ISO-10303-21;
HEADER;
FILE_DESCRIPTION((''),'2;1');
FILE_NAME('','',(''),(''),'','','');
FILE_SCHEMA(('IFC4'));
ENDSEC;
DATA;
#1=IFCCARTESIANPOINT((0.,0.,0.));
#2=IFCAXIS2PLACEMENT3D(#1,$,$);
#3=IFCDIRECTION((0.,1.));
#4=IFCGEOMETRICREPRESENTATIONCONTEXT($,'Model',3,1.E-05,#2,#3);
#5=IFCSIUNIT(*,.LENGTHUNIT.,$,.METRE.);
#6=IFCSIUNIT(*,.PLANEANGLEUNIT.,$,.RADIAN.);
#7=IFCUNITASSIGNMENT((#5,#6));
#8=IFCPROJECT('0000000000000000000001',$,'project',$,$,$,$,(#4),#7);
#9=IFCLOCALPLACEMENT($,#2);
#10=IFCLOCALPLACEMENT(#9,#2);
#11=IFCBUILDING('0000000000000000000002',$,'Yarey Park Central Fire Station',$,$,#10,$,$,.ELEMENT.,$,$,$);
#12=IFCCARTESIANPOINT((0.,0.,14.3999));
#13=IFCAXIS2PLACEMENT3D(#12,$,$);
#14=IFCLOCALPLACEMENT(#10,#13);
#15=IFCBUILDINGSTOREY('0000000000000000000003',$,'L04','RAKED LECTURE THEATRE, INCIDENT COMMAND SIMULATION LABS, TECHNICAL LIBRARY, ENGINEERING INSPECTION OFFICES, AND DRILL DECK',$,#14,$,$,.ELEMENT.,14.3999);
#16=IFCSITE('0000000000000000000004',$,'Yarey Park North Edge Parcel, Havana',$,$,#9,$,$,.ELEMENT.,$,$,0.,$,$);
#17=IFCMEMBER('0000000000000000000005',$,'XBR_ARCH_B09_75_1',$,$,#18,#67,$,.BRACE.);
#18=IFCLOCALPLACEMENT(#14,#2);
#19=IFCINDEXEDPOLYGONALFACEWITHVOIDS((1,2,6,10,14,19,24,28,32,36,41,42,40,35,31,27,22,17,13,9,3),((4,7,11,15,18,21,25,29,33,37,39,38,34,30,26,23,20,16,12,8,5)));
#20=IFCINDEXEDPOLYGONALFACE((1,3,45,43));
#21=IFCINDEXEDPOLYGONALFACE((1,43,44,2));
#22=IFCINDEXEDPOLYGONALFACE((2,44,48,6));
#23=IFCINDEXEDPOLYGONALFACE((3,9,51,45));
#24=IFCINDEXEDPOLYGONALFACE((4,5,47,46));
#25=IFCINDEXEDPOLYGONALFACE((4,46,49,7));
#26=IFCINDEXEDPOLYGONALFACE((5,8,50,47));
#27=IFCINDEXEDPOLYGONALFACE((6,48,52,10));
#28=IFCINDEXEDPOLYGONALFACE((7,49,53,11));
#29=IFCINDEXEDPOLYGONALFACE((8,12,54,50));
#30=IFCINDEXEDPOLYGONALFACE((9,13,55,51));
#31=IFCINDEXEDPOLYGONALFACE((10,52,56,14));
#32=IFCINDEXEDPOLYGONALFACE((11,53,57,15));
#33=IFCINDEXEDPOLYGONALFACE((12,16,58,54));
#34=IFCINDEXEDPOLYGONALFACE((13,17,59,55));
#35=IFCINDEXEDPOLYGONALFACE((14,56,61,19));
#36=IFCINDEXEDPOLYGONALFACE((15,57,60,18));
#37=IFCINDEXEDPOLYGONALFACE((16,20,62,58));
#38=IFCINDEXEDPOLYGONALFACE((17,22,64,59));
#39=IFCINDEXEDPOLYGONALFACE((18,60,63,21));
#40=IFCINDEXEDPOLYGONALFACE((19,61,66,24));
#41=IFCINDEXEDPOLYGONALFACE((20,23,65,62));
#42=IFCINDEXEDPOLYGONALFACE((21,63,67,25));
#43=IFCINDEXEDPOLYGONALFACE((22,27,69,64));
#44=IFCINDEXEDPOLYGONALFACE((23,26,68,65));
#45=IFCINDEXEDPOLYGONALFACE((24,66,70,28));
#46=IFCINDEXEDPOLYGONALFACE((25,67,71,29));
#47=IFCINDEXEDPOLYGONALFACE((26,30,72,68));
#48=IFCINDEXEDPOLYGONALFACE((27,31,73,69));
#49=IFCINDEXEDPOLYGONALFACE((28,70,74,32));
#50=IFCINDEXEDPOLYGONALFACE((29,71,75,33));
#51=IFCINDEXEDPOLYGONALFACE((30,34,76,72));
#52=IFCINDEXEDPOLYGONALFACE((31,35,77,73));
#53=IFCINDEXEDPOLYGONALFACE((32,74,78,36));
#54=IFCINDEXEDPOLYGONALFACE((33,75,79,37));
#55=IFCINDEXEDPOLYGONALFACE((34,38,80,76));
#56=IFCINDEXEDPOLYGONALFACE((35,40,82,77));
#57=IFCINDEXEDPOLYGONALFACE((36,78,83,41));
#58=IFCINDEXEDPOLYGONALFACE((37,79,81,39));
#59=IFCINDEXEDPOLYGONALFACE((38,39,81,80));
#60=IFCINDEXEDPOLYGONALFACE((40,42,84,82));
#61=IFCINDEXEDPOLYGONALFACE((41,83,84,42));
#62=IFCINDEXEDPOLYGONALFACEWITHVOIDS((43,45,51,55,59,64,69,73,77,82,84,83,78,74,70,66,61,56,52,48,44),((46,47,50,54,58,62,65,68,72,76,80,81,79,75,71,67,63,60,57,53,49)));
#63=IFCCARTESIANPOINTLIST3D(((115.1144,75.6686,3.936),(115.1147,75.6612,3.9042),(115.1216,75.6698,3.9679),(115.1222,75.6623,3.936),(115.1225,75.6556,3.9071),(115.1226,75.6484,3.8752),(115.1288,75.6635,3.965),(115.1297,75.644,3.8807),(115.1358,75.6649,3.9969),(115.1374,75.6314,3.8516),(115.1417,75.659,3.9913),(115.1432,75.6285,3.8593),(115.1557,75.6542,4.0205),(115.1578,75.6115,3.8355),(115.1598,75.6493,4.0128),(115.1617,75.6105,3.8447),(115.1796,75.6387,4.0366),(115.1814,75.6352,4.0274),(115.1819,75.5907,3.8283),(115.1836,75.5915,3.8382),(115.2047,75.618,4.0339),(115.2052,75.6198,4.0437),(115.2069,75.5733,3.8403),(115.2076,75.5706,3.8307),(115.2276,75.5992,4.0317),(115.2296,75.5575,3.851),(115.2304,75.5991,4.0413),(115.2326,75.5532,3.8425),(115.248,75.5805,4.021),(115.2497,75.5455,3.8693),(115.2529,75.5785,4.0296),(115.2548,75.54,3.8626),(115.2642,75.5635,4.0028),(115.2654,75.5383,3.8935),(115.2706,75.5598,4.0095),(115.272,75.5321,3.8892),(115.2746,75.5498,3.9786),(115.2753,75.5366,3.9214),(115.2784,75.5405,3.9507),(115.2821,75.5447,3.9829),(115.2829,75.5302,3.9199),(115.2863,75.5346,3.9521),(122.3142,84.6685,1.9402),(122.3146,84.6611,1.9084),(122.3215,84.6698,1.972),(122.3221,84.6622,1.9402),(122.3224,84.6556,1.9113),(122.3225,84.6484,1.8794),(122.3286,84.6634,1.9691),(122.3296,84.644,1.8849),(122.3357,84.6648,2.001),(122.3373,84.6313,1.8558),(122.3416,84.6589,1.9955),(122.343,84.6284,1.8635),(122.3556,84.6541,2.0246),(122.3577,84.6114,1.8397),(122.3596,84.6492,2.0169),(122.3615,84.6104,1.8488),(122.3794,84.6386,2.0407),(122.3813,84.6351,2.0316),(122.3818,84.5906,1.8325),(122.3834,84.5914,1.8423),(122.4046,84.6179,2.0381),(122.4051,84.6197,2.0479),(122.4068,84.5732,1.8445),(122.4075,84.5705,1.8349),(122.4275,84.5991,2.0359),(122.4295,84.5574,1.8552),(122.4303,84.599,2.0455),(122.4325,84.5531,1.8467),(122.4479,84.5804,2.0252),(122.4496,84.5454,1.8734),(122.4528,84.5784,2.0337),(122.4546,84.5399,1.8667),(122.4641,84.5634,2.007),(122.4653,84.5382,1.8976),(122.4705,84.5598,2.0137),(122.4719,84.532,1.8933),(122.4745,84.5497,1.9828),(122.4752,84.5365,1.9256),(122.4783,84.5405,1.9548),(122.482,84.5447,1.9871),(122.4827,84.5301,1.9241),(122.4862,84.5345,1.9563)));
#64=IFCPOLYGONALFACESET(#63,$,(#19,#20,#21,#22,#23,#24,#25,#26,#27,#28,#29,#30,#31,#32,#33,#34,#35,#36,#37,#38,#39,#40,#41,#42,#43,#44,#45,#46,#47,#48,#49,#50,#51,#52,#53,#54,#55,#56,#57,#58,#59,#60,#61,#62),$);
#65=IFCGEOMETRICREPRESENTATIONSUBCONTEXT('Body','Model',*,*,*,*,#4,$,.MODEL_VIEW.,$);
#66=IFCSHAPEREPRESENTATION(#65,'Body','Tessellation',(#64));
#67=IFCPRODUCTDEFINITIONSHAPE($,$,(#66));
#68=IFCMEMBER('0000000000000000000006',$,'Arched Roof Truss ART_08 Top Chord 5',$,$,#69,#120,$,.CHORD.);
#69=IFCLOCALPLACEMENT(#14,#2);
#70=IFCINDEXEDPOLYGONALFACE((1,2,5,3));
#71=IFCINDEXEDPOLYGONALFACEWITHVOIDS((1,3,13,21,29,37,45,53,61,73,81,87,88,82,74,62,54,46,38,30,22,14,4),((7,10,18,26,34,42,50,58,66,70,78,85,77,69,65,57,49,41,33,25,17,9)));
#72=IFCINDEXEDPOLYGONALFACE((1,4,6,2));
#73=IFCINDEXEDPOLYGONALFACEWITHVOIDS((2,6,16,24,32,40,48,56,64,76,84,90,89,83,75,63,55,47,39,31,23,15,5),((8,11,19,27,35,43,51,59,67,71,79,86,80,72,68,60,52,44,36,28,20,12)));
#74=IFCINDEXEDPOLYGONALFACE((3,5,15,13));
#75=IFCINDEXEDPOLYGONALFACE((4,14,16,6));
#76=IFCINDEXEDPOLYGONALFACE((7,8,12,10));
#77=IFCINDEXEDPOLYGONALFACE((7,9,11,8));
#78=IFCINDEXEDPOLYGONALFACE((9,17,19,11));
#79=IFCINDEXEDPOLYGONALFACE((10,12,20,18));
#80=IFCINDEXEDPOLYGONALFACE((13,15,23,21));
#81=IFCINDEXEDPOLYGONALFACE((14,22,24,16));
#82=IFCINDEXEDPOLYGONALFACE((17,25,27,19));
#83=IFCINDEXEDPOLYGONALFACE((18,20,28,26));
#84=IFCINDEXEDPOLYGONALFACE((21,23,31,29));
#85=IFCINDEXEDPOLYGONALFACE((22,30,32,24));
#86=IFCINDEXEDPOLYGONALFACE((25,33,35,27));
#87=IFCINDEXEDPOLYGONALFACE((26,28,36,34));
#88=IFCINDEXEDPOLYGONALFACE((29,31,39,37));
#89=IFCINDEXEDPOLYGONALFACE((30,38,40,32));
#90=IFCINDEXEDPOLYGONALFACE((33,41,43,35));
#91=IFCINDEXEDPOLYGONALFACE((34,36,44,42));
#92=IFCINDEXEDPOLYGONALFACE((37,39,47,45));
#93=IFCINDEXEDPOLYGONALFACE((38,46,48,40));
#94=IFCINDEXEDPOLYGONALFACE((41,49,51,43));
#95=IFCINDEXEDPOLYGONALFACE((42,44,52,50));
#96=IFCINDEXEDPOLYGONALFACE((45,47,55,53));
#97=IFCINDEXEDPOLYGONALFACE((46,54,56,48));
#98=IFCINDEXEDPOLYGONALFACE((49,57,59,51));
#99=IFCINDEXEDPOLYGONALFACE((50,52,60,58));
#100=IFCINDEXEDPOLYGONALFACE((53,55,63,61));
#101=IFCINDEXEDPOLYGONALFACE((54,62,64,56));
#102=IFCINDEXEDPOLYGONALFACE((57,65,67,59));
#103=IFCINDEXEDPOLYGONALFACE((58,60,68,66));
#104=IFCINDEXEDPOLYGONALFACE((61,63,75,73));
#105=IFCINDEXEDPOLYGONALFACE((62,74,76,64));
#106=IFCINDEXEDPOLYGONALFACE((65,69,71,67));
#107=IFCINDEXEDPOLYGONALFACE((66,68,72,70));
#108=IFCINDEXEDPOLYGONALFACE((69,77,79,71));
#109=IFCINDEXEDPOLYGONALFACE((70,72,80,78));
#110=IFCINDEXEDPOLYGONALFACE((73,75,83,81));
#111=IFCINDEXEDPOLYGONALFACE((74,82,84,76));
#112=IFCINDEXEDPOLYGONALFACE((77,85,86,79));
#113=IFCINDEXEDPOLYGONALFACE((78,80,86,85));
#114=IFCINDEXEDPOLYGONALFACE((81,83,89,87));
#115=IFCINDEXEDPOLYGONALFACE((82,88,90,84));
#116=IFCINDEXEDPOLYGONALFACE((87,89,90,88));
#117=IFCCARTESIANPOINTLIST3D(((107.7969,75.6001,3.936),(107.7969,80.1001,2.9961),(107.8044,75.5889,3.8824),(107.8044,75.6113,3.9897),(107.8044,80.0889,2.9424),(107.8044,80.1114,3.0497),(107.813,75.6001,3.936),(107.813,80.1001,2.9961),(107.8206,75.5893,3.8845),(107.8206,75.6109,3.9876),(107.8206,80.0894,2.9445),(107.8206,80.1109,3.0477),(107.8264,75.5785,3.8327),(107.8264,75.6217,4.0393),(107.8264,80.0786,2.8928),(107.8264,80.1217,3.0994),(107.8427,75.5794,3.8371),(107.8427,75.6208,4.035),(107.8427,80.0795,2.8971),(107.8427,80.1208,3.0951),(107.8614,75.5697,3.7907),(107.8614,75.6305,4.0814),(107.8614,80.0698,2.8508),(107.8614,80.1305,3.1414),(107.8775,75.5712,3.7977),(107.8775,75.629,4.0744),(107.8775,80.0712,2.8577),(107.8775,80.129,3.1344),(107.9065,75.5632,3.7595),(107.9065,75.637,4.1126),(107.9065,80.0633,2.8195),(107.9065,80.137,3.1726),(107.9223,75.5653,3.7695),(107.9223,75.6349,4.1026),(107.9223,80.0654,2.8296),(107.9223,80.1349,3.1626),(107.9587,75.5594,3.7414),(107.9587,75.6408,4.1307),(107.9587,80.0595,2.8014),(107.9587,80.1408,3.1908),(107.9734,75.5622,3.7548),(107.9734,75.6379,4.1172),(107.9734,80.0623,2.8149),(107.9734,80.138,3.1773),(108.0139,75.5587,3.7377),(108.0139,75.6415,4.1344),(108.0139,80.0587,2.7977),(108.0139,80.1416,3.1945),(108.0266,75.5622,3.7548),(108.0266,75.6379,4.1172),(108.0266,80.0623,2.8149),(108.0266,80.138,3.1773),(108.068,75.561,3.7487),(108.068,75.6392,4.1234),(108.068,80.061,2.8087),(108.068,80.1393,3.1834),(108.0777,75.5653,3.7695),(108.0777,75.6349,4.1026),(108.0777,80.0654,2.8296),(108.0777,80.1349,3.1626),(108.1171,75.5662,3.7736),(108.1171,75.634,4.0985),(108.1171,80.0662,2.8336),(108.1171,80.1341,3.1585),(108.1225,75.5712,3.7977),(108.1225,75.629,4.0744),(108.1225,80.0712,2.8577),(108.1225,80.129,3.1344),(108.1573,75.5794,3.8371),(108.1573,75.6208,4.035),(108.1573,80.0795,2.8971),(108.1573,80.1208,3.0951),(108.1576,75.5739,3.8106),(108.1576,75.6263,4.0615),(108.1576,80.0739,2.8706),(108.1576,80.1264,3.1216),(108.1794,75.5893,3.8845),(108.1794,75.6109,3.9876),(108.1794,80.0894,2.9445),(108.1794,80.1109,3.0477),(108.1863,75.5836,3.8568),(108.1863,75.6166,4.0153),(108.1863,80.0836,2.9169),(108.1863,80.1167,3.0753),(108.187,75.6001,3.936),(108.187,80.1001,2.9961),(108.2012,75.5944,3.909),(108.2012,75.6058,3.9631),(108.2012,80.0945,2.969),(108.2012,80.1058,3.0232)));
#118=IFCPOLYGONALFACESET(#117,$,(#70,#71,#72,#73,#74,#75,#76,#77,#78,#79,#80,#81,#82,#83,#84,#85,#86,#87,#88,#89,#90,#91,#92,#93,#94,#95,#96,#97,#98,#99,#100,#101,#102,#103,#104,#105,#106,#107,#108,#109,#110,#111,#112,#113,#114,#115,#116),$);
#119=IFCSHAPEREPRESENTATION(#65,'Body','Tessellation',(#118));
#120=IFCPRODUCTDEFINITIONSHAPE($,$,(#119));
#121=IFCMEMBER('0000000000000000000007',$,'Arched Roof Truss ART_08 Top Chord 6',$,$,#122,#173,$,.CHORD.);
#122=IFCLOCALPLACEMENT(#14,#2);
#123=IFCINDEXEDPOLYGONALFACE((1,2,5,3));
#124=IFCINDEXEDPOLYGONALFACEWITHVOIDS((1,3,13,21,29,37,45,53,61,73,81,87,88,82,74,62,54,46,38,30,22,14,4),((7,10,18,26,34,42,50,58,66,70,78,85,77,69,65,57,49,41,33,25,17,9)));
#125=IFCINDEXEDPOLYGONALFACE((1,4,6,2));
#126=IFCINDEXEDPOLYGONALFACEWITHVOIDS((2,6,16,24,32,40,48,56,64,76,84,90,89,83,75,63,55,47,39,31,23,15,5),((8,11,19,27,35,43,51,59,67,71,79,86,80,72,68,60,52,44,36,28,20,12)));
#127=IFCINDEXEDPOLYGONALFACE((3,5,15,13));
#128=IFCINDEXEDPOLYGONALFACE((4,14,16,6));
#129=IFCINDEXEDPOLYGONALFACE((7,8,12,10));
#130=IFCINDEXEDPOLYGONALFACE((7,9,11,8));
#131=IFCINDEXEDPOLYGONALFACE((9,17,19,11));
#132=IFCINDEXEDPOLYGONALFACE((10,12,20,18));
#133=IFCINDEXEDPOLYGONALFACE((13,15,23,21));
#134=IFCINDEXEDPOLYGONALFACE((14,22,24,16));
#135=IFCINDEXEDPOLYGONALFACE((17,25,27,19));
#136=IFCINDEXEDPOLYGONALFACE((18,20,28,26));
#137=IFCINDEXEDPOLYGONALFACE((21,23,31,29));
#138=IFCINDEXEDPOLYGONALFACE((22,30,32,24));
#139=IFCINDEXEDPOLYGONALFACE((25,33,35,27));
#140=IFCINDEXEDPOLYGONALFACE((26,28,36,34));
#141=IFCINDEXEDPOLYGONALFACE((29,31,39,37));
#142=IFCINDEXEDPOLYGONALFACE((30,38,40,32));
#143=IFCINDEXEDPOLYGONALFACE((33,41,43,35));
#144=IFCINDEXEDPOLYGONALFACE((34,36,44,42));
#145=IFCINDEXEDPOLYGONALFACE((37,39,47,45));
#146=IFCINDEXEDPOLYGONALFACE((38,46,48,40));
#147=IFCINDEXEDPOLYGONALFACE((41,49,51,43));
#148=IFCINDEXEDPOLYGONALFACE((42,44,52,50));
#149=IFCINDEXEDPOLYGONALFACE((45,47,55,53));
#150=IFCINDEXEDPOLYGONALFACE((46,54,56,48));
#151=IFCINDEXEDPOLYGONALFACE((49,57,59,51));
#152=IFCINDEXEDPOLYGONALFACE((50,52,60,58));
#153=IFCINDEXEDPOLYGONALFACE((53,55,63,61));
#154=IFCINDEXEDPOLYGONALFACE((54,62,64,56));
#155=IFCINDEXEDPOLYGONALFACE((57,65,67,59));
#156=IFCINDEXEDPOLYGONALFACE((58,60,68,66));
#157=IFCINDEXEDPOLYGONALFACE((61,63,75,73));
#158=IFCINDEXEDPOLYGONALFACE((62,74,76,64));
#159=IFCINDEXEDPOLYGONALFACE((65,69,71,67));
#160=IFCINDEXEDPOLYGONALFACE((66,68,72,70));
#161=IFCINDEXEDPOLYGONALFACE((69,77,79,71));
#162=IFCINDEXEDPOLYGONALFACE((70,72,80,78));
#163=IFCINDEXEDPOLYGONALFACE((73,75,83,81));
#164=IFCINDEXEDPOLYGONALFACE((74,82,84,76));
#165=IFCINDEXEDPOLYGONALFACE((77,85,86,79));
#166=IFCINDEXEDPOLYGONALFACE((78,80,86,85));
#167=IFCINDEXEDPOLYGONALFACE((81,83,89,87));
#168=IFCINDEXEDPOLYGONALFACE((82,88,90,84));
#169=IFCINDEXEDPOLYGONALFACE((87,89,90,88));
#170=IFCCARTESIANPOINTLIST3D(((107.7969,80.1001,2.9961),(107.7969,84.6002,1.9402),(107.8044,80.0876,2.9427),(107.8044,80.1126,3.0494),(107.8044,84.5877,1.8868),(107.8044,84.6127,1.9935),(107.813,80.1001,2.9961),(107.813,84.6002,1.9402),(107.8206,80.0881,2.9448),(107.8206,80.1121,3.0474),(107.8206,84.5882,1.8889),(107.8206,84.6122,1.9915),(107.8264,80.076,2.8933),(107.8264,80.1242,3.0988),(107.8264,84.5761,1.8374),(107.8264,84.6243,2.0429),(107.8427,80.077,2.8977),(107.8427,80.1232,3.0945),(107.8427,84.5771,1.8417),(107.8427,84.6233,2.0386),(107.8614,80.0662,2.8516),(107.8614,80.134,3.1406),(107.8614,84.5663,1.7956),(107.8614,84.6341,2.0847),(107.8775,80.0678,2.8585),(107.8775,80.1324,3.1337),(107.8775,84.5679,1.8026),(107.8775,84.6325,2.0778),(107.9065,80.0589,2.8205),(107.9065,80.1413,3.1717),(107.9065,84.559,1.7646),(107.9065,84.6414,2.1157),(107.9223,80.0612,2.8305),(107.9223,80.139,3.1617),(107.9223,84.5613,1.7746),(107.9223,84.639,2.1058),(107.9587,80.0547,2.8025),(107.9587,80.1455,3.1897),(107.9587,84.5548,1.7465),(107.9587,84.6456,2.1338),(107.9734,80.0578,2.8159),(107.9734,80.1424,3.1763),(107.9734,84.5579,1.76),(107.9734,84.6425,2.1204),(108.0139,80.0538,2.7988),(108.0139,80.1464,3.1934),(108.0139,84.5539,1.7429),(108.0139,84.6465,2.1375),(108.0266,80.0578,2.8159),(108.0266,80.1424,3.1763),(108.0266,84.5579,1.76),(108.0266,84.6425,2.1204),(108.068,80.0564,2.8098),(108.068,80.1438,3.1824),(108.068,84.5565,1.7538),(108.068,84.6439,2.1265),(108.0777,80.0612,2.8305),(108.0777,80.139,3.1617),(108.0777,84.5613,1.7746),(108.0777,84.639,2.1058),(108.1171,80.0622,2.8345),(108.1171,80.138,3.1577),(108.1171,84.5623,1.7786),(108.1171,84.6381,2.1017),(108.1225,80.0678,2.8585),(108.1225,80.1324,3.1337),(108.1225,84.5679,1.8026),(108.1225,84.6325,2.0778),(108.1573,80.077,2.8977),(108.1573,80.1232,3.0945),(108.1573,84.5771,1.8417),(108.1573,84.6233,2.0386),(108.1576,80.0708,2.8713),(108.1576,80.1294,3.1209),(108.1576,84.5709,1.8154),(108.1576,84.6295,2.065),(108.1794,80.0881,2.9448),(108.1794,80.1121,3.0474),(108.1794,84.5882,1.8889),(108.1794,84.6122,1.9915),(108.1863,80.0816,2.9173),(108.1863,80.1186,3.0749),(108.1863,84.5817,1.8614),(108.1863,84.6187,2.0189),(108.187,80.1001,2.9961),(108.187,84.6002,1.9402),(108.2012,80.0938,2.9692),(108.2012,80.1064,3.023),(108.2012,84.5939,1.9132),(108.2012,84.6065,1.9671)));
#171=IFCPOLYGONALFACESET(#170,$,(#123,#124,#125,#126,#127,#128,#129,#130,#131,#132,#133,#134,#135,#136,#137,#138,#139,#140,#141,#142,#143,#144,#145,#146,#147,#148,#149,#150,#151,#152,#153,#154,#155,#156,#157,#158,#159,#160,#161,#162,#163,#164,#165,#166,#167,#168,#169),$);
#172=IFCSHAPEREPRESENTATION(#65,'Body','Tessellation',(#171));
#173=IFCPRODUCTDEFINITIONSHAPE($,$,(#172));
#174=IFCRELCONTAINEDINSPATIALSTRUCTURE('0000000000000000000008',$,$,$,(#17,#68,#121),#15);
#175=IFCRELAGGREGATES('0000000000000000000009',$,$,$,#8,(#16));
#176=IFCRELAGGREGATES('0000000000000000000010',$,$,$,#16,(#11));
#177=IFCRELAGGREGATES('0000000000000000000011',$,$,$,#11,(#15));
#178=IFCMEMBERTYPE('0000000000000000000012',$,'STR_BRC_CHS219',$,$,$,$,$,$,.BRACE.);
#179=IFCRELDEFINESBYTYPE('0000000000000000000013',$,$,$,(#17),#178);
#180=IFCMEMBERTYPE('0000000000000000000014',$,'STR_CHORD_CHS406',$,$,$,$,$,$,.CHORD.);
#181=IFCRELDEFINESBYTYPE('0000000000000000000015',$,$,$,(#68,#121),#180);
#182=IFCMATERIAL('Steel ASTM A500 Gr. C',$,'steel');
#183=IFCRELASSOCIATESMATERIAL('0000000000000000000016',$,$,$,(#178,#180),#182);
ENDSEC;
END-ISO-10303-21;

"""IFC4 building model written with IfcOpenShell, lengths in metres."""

from ifc_helpers import new_model, si_unit, direction, frame, origin, origin_2d, place, context, subcontext, project, spatial, hollow_circle, extrude, material, material_profile, profile_set, type_object, element, save


model = new_model("IFC4")

# Units and contexts
model_context = context("Model", 3, precision=1e-05, world=origin(), true_north=direction((0.0, 1.0)))
body_context = subcontext(model_context, "Body", "Model", "MODEL_VIEW")
ifc_project = project(units=[si_unit("LENGTHUNIT", "METRE"), si_unit("PLANEANGLEUNIT", "RADIAN")], contexts=[model_context])

# Site, building, storey
site_placement = place(None, origin())
site = spatial("IfcSite", under=ifc_project, at=site_placement, Name="Yarey Park North Edge Parcel, Havana", CompositionType="ELEMENT", RefElevation=0.0)
building_placement = place(site_placement, origin())
building = spatial("IfcBuilding", under=site, at=building_placement, Name="Yarey Park Central Fire Station", CompositionType="ELEMENT")
storey_placement = place(building_placement, frame((0.0, 0.0, 14.3999)))
storey = spatial("IfcBuildingStorey", under=building, at=storey_placement, Name="L04", Description="RAKED LECTURE THEATRE, INCIDENT COMMAND SIMULATION LABS, TECHNICAL LIBRARY, ENGINEERING INSPECTION OFFICES, AND DRILL DECK", CompositionType="ELEMENT", Elevation=14.3999)

# Members
ifc_material_1 = material(Name="Steel ASTM A500 Gr. C", Category="steel")
ifc_material_profile_1 = material_profile(ifc_material_1, hollow_circle(Radius=0.1096, WallThickness=0.01, at=origin_2d()), Name="CHS 219.1x10")
ifc_profile_set_1 = profile_set([ifc_material_profile_1], Name="Steel ASTM A500 Gr. C")
member_type_1 = type_object("IfcMemberType", Name="STR_BRC_CHS219", PredefinedType="BRACE", material=ifc_profile_set_1)
member_1_placement = place(storey_placement, frame((115.2, 75.6001, 3.936), z_axis=(0.615532, 0.76942, -0.170627), x_axis=(-0.780871, 0.624692, 0.0)))
element("IfcMember", 1, at=member_1_placement, inside=storey, type_object=member_type_1, Name="XBR_ARCH_B09_75_1", PredefinedType="BRACE", context=body_context, shape_type="SweptSolid", body=[
    extrude(hollow_circle(Radius=0.1096, WallThickness=0.01, at=origin_2d()), origin(), (0.0, 0.0, 1.0), 11.697),
])
ifc_material_profile_2 = material_profile(ifc_material_1, hollow_circle(Radius=0.2031, WallThickness=0.0161, at=origin_2d()), Name="CHS 406.4x16")
ifc_profile_set_2 = profile_set([ifc_material_profile_2], Name="Steel ASTM A500 Gr. C")
member_type_2 = type_object("IfcMemberType", Name="STR_CHORD_CHS406", PredefinedType="CHORD", material=ifc_profile_set_2)
member_2_placement = place(storey_placement, frame((108.0, 75.6001, 3.936), z_axis=(0.0, 0.978874, -0.204463), x_axis=(-1.0, 0.0, 0.0)))
element("IfcMember", 2, at=member_2_placement, inside=storey, type_object=member_type_2, Name="Arched Roof Truss ART_08 Top Chord 5", PredefinedType="CHORD", context=body_context, shape_type="SweptSolid", body=[
    extrude(hollow_circle(Radius=0.2031, WallThickness=0.0161, at=origin_2d()), origin(), (0.0, 0.0, 1.0), 4.5972),
])
member_3_placement = place(storey_placement, frame((108.0, 80.1001, 2.9961), z_axis=(0.0, 0.973558, -0.228442), x_axis=(-1.0, 0.0, 0.0)))
element("IfcMember", 3, at=member_3_placement, inside=storey, type_object=member_type_2, Name="Arched Roof Truss ART_08 Top Chord 6", PredefinedType="CHORD", context=body_context, shape_type="SweptSolid", body=[
    extrude(hollow_circle(Radius=0.2031, WallThickness=0.0161, at=origin_2d()), origin(), (0.0, 0.0, 1.0), 4.6223),
])

save(model, "model.ifc")
